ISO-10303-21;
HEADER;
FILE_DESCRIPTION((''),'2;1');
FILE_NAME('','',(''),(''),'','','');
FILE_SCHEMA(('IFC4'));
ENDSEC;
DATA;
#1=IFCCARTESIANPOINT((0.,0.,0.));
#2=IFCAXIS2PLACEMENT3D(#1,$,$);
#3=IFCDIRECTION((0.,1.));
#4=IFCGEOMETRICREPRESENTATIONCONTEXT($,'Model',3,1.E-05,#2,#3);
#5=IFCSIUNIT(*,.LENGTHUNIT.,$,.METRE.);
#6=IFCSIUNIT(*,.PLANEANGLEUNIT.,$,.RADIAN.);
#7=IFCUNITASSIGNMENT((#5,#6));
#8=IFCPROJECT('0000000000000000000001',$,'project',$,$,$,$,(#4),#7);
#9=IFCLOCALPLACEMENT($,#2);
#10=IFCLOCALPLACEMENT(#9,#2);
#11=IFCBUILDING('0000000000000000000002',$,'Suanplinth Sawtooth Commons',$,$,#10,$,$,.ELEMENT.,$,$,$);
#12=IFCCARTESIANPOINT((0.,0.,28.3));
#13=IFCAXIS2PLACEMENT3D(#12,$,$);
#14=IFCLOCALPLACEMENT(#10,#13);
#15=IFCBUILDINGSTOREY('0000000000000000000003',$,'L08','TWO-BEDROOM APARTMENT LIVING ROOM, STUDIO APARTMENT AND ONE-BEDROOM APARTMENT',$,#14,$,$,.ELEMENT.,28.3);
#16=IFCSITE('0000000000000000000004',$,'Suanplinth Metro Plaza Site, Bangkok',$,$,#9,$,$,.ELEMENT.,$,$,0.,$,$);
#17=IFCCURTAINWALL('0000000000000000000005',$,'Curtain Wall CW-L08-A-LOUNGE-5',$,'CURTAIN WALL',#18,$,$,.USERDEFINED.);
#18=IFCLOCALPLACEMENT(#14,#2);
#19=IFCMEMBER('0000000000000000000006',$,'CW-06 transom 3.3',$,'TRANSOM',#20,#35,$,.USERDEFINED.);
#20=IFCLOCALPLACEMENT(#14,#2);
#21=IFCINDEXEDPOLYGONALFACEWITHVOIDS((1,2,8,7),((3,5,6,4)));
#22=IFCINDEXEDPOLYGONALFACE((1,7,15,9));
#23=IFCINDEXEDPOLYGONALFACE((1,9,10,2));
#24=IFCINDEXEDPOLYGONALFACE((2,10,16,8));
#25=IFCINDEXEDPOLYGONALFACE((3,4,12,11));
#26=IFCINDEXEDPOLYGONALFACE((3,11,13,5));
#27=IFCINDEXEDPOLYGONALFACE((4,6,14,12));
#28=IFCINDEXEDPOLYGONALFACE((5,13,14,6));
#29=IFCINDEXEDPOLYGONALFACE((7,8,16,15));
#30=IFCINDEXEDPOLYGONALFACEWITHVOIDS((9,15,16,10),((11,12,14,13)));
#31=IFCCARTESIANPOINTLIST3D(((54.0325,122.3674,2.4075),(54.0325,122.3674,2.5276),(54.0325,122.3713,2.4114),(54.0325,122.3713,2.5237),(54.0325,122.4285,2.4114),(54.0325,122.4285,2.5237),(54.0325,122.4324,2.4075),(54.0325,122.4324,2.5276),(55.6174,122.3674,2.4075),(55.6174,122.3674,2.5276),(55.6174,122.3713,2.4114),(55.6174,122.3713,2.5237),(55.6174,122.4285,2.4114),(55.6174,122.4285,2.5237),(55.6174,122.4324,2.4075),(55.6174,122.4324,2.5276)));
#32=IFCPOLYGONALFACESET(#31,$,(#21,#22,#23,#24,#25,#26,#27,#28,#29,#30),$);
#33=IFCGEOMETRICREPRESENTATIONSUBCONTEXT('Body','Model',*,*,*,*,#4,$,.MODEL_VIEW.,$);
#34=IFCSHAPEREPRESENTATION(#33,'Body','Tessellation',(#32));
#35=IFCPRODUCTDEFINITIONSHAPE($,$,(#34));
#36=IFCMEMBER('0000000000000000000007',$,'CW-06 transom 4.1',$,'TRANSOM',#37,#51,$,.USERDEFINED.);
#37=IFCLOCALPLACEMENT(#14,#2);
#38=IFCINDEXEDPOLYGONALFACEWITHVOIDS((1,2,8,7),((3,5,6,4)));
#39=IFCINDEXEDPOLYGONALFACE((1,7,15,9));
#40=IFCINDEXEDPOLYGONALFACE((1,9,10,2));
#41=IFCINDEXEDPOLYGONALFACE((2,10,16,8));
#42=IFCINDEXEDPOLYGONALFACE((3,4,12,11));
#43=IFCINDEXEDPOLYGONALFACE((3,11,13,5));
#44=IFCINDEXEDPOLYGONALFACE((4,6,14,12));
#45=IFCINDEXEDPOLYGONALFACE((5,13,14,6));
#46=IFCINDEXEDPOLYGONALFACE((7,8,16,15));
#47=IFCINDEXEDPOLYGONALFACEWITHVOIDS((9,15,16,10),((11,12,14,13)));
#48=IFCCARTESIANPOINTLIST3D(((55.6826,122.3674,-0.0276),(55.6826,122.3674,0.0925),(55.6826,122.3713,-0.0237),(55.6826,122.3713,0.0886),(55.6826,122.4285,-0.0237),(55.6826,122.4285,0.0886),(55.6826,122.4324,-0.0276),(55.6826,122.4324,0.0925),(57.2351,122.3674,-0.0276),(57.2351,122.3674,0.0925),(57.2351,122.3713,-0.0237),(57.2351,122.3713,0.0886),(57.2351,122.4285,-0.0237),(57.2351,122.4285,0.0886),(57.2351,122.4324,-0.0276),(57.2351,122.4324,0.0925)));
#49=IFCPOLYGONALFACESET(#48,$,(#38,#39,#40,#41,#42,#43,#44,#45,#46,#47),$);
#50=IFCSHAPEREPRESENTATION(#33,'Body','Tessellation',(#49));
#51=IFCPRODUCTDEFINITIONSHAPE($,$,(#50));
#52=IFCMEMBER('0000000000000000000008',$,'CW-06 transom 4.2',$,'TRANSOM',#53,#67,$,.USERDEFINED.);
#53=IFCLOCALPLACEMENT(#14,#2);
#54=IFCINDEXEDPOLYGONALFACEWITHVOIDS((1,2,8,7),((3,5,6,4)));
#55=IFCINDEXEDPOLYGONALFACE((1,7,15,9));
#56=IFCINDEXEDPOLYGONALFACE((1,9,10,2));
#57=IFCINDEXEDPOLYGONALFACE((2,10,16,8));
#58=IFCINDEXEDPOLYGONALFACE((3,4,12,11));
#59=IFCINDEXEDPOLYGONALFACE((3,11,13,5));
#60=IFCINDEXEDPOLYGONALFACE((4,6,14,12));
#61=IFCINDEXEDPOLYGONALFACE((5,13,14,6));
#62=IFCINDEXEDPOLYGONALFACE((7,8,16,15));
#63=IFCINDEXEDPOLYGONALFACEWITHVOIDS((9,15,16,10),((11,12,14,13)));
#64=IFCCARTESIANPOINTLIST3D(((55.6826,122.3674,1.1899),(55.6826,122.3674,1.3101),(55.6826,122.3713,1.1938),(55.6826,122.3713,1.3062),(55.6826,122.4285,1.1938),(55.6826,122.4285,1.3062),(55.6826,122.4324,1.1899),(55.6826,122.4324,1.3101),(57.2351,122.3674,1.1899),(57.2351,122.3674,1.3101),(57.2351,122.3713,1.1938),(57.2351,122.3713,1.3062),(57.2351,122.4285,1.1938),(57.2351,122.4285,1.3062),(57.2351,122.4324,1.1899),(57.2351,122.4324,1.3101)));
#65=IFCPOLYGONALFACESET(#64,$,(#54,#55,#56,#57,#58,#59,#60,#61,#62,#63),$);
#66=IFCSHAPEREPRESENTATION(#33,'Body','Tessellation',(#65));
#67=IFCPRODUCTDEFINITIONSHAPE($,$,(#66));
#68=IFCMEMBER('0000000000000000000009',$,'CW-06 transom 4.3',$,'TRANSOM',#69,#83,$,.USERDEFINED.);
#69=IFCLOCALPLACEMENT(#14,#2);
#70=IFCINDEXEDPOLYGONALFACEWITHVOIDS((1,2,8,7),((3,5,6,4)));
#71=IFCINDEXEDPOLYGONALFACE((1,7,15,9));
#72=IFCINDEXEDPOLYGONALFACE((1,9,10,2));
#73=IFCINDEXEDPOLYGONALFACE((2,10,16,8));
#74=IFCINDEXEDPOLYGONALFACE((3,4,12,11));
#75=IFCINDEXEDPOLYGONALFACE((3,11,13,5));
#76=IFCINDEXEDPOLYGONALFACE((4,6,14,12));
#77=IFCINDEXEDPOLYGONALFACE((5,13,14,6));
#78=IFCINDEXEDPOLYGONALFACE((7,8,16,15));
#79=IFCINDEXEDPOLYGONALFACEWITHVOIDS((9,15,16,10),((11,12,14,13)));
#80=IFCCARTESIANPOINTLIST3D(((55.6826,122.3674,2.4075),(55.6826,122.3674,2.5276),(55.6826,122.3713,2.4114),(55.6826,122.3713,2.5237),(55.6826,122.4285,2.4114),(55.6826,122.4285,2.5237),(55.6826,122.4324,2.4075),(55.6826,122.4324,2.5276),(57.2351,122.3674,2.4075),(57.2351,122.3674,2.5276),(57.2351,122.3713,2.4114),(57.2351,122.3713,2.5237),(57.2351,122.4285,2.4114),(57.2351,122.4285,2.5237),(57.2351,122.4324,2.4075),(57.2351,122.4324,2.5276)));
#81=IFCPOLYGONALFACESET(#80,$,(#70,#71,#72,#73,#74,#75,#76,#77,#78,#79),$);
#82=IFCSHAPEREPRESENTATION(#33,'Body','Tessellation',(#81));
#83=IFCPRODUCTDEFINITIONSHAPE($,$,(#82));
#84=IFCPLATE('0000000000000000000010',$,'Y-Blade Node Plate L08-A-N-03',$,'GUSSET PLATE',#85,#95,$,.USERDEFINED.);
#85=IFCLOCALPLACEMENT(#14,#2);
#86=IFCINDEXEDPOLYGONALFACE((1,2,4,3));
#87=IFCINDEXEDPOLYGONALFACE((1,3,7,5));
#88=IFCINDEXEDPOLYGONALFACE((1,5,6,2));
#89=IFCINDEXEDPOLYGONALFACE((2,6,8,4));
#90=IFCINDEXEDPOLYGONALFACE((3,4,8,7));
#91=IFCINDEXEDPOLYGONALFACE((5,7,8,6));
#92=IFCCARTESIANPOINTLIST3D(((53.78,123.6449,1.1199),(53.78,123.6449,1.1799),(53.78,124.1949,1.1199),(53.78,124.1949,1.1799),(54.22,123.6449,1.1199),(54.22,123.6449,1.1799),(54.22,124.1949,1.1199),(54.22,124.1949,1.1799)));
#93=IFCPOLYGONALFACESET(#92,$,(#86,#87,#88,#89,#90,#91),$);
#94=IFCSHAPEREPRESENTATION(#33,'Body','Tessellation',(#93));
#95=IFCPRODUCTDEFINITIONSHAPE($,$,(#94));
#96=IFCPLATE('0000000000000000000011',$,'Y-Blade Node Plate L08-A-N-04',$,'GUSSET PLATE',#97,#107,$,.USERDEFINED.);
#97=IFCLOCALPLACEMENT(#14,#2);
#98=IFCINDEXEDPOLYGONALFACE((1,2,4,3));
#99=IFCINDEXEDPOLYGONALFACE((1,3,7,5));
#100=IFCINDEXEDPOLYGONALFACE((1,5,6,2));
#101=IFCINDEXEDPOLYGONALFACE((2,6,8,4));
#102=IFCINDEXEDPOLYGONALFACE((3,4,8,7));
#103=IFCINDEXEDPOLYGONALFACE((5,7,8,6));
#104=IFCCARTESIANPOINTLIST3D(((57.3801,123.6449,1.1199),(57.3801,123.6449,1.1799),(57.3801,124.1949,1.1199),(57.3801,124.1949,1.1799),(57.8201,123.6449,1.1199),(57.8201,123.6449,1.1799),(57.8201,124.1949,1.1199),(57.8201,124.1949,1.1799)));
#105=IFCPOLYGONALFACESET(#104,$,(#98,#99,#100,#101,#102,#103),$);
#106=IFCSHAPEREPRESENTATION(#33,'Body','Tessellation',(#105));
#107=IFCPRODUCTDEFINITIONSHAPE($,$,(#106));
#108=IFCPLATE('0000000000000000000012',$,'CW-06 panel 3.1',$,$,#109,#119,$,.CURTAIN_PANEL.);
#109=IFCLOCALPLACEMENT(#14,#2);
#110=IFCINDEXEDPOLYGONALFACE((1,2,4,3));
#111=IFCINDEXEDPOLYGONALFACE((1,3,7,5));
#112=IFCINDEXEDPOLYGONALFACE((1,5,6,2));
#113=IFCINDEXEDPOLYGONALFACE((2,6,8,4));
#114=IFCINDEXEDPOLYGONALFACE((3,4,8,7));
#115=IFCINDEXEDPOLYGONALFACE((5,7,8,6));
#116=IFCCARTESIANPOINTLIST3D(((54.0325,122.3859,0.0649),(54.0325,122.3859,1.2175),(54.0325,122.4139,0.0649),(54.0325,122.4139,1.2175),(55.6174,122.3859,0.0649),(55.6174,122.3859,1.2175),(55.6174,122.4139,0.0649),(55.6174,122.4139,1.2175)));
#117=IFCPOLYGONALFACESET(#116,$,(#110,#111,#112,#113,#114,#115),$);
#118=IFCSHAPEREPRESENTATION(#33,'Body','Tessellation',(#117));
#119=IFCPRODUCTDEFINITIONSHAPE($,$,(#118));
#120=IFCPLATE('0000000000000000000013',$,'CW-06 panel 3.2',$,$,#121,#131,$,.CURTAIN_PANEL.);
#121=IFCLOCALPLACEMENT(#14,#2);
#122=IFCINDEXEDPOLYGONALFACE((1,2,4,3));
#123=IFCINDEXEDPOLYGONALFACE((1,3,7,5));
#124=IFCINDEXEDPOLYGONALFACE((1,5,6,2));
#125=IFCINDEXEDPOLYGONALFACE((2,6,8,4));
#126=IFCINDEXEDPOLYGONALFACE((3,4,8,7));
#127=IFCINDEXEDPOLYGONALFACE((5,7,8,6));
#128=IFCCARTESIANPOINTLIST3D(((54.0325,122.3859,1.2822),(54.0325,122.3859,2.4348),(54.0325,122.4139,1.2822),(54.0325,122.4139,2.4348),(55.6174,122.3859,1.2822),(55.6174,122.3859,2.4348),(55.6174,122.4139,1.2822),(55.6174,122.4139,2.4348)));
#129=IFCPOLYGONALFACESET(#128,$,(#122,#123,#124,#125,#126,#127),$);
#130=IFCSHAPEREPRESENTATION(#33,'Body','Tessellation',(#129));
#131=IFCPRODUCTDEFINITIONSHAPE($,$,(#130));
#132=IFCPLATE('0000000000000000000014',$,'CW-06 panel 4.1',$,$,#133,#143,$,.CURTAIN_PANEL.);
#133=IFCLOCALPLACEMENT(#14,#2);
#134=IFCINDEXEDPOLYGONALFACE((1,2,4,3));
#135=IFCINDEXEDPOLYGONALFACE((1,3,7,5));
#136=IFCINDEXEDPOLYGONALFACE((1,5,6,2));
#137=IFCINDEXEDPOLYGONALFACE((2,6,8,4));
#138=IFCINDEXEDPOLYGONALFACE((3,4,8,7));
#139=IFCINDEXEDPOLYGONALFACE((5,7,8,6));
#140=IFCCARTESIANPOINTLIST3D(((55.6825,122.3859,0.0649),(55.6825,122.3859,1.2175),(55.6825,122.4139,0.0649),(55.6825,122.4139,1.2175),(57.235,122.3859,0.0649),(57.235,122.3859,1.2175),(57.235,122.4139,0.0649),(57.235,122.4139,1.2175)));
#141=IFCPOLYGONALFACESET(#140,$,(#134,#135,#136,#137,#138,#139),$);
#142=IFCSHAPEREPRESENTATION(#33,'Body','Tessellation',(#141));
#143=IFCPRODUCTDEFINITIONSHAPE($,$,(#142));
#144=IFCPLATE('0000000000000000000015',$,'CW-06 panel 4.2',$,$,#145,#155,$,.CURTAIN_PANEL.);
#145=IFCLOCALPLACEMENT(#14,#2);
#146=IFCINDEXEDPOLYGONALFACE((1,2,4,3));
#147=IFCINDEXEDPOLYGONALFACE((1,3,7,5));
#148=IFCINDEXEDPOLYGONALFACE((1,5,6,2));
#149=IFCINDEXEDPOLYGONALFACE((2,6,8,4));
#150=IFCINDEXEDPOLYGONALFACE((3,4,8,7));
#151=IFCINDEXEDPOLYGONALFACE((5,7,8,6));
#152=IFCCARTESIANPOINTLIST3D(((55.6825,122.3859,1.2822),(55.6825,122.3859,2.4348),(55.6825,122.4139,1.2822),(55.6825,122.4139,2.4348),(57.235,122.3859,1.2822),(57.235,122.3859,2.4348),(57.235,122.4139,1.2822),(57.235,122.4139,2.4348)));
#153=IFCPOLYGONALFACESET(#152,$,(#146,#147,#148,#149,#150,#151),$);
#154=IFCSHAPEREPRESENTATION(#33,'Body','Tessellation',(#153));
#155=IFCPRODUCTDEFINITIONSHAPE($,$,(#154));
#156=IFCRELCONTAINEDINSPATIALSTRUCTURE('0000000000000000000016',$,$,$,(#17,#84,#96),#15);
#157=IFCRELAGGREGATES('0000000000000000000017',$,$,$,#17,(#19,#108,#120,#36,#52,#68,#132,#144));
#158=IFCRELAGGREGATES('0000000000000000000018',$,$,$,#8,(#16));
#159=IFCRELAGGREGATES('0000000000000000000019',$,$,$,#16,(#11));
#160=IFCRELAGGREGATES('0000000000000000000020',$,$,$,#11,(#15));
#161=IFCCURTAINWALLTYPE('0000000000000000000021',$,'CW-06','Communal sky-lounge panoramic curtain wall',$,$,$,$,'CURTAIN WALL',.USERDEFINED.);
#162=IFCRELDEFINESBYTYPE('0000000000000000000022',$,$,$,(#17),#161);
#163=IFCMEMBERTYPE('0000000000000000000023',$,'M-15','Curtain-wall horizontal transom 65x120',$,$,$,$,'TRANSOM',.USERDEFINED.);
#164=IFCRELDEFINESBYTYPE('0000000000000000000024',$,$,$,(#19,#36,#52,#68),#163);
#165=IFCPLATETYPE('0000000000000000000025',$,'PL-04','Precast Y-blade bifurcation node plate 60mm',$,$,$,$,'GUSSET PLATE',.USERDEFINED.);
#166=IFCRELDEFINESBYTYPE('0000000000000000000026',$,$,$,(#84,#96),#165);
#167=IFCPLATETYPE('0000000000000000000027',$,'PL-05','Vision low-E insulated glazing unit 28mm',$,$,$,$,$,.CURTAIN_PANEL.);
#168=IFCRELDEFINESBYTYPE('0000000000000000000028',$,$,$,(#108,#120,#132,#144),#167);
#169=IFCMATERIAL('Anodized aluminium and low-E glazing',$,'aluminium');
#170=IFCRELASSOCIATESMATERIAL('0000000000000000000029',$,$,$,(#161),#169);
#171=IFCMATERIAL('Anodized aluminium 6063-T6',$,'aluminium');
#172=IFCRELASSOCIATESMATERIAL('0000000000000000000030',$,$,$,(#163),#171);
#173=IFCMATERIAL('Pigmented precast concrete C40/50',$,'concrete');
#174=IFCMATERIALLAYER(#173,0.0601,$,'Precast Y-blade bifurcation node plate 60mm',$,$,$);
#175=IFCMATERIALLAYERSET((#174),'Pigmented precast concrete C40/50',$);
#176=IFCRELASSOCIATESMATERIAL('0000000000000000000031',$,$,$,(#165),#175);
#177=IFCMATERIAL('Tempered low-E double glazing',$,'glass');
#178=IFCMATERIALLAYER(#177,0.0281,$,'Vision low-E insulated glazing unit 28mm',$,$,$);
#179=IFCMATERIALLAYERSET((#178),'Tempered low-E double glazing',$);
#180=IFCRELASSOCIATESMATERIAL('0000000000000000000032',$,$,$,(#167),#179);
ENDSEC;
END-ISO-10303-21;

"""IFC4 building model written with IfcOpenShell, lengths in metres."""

from ifc_helpers import new_model, si_unit, direction, frame, origin, origin_2d, place, context, subcontext, project, spatial, rectangle, hollow_rectangle, extrude, material, layer, layer_set, material_profile, profile_set, type_object, element, aggregate, save


model = new_model("IFC4")

# Units and contexts
model_context = context("Model", 3, precision=1e-05, world=origin(), true_north=direction((0.0, 1.0)))
body_context = subcontext(model_context, "Body", "Model", "MODEL_VIEW")
ifc_project = project(units=[si_unit("LENGTHUNIT", "METRE"), si_unit("PLANEANGLEUNIT", "RADIAN")], contexts=[model_context])

# Site, building, storey
site_placement = place(None, origin())
site = spatial("IfcSite", under=ifc_project, at=site_placement, Name="Suanplinth Metro Plaza Site, Bangkok", CompositionType="ELEMENT", RefElevation=0.0)
building_placement = place(site_placement, origin())
building = spatial("IfcBuilding", under=site, at=building_placement, Name="Suanplinth Sawtooth Commons", CompositionType="ELEMENT")
storey_placement = place(building_placement, frame((0.0, 0.0, 28.3)))
storey = spatial("IfcBuildingStorey", under=building, at=storey_placement, Name="L08", Description="TWO-BEDROOM APARTMENT LIVING ROOM, STUDIO APARTMENT AND ONE-BEDROOM APARTMENT", CompositionType="ELEMENT", Elevation=28.3)

# Shared definitions
ifc_material_1 = material(Name="Pigmented precast concrete C40/50", Category="concrete")

# Curtain wall, members
ifc_material_2 = material(Name="Anodized aluminium and low-E glazing", Category="aluminium")
curtain_wall_type = type_object("IfcCurtainWallType", Name="CW-06", Description="Communal sky-lounge panoramic curtain wall", ElementType="CURTAIN WALL", PredefinedType="USERDEFINED", material=ifc_material_2)
curtain_wall_placement = place(storey_placement, origin())
curtain_wall = element("IfcCurtainWall", 1, at=curtain_wall_placement, inside=storey, type_object=curtain_wall_type, Name="Curtain Wall CW-L08-A-LOUNGE-5", ObjectType="CURTAIN WALL", PredefinedType="USERDEFINED")
ifc_material_3 = material(Name="Anodized aluminium 6063-T6", Category="aluminium")
ifc_material_profile_1 = material_profile(ifc_material_3, hollow_rectangle(XDim=0.0649, YDim=0.1201, WallThickness=0.0039, at=origin_2d()), Name="ALU-TRN 65x120")
ifc_profile_set_1 = profile_set([ifc_material_profile_1], Name="Anodized aluminium 6063-T6")
member_type_1 = type_object("IfcMemberType", Name="M-15", Description="Curtain-wall horizontal transom 65x120", ElementType="TRANSOM", PredefinedType="USERDEFINED", material=ifc_profile_set_1)
member_1_placement = place(storey_placement, frame((54.0325, 122.3999, 2.4675), z_axis=(1.0, 0.0, 0.0), x_axis=(0.0, 1.0, 0.0)))
member_1 = element("IfcMember", 2, at=member_1_placement, type_object=member_type_1, Name="CW-06 transom 3.3", ObjectType="TRANSOM", PredefinedType="USERDEFINED", context=body_context, shape_type="SweptSolid", body=[
    extrude(hollow_rectangle(XDim=0.0649, YDim=0.1201, WallThickness=0.0039, at=origin_2d()), origin(), (0.0, 0.0, 1.0), 1.585),
])
member_2_placement = place(storey_placement, frame((55.6826, 122.3999, 0.0325), z_axis=(1.0, 0.0, 0.0), x_axis=(0.0, 1.0, 0.0)))
member_2 = element("IfcMember", 3, at=member_2_placement, type_object=member_type_1, Name="CW-06 transom 4.1", ObjectType="TRANSOM", PredefinedType="USERDEFINED", context=body_context, shape_type="SweptSolid", body=[
    extrude(hollow_rectangle(XDim=0.0649, YDim=0.1201, WallThickness=0.0039, at=origin_2d()), origin(), (0.0, 0.0, 1.0), 1.5525),
])
member_3_placement = place(storey_placement, frame((55.6826, 122.3999, 1.25), z_axis=(1.0, 0.0, 0.0), x_axis=(0.0, 1.0, 0.0)))
member_3 = element("IfcMember", 4, at=member_3_placement, type_object=member_type_1, Name="CW-06 transom 4.2", ObjectType="TRANSOM", PredefinedType="USERDEFINED", context=body_context, shape_type="SweptSolid", body=[
    extrude(hollow_rectangle(XDim=0.0649, YDim=0.1201, WallThickness=0.0039, at=origin_2d()), origin(), (0.0, 0.0, 1.0), 1.5525),
])
member_4_placement = place(storey_placement, frame((55.6826, 122.3999, 2.4675), z_axis=(1.0, 0.0, 0.0), x_axis=(0.0, 1.0, 0.0)))
member_4 = element("IfcMember", 5, at=member_4_placement, type_object=member_type_1, Name="CW-06 transom 4.3", ObjectType="TRANSOM", PredefinedType="USERDEFINED", context=body_context, shape_type="SweptSolid", body=[
    extrude(hollow_rectangle(XDim=0.0649, YDim=0.1201, WallThickness=0.0039, at=origin_2d()), origin(), (0.0, 0.0, 1.0), 1.5525),
])

# Plates
ifc_layer_1 = layer(ifc_material_1, 0.0601, Name="Precast Y-blade bifurcation node plate 60mm")
ifc_layer_set_1 = layer_set([ifc_layer_1], Name="Pigmented precast concrete C40/50")
plate_type_1 = type_object("IfcPlateType", Name="PL-04", Description="Precast Y-blade bifurcation node plate 60mm", ElementType="GUSSET PLATE", PredefinedType="USERDEFINED", material=ifc_layer_set_1)
for number, where, z_axis, x_axis, name in (
    (6, (54.0, 123.9199, 1.1199), (0.0, 0.0, 1.0), (1.0, 0.0, 0.0), "Y-Blade Node Plate L08-A-N-03"),
    (7, (57.6001, 123.9199, 1.1199), (0.0, 0.0, 1.0), (1.0, 0.0, 0.0), "Y-Blade Node Plate L08-A-N-04"),
):
    element("IfcPlate", number, at=place(storey_placement, frame(where, z_axis=z_axis, x_axis=x_axis)), inside=storey, type_object=plate_type_1, Name=name, ObjectType="GUSSET PLATE", PredefinedType="USERDEFINED", context=body_context, shape_type="SweptSolid", body=[
        extrude(rectangle(XDim=0.4399, YDim=0.55, at=origin_2d()), origin(), (0.0, 0.0, 1.0), 0.0601),
    ])

# Plates
ifc_material_4 = material(Name="Tempered low-E double glazing", Category="glass")
ifc_layer_2 = layer(ifc_material_4, 0.0281, Name="Vision low-E insulated glazing unit 28mm")
ifc_layer_set_2 = layer_set([ifc_layer_2], Name="Tempered low-E double glazing")
plate_type_2 = type_object("IfcPlateType", Name="PL-05", Description="Vision low-E insulated glazing unit 28mm", PredefinedType="CURTAIN_PANEL", material=ifc_layer_set_2)
plate_1_placement = place(storey_placement, frame((54.825, 122.3999, 0.0649), z_axis=(0.0, 0.0, 1.0), x_axis=(1.0, 0.0, 0.0)))
plate_1 = element("IfcPlate", 8, at=plate_1_placement, type_object=plate_type_2, Name="CW-06 panel 3.1", PredefinedType="CURTAIN_PANEL", context=body_context, shape_type="SweptSolid", body=[
    extrude(rectangle(XDim=1.585, YDim=0.0281, at=origin_2d()), origin(), (0.0, 0.0, 1.0), 1.1526),
])
plate_2_placement = place(storey_placement, frame((54.825, 122.3999, 1.2822), z_axis=(0.0, 0.0, 1.0), x_axis=(1.0, 0.0, 0.0)))
plate_2 = element("IfcPlate", 9, at=plate_2_placement, type_object=plate_type_2, Name="CW-06 panel 3.2", PredefinedType="CURTAIN_PANEL", context=body_context, shape_type="SweptSolid", body=[
    extrude(rectangle(XDim=1.585, YDim=0.0281, at=origin_2d()), origin(), (0.0, 0.0, 1.0), 1.1526),
])
plate_3_placement = place(storey_placement, frame((56.4587, 122.3999, 0.0649), z_axis=(0.0, 0.0, 1.0), x_axis=(1.0, 0.0, 0.0)))
plate_3 = element("IfcPlate", 10, at=plate_3_placement, type_object=plate_type_2, Name="CW-06 panel 4.1", PredefinedType="CURTAIN_PANEL", context=body_context, shape_type="SweptSolid", body=[
    extrude(rectangle(XDim=1.5525, YDim=0.0281, at=origin_2d()), origin(), (0.0, 0.0, 1.0), 1.1526),
])
plate_4_placement = place(storey_placement, frame((56.4587, 122.3999, 1.2822), z_axis=(0.0, 0.0, 1.0), x_axis=(1.0, 0.0, 0.0)))
plate_4 = element("IfcPlate", 11, at=plate_4_placement, type_object=plate_type_2, Name="CW-06 panel 4.2", PredefinedType="CURTAIN_PANEL", context=body_context, shape_type="SweptSolid", body=[
    extrude(rectangle(XDim=1.5525, YDim=0.0281, at=origin_2d()), origin(), (0.0, 0.0, 1.0), 1.1526),
])
aggregate(curtain_wall, [member_1, plate_1, plate_2, member_2, member_3, member_4, plate_3, plate_4])

save(model, "model.ifc")
